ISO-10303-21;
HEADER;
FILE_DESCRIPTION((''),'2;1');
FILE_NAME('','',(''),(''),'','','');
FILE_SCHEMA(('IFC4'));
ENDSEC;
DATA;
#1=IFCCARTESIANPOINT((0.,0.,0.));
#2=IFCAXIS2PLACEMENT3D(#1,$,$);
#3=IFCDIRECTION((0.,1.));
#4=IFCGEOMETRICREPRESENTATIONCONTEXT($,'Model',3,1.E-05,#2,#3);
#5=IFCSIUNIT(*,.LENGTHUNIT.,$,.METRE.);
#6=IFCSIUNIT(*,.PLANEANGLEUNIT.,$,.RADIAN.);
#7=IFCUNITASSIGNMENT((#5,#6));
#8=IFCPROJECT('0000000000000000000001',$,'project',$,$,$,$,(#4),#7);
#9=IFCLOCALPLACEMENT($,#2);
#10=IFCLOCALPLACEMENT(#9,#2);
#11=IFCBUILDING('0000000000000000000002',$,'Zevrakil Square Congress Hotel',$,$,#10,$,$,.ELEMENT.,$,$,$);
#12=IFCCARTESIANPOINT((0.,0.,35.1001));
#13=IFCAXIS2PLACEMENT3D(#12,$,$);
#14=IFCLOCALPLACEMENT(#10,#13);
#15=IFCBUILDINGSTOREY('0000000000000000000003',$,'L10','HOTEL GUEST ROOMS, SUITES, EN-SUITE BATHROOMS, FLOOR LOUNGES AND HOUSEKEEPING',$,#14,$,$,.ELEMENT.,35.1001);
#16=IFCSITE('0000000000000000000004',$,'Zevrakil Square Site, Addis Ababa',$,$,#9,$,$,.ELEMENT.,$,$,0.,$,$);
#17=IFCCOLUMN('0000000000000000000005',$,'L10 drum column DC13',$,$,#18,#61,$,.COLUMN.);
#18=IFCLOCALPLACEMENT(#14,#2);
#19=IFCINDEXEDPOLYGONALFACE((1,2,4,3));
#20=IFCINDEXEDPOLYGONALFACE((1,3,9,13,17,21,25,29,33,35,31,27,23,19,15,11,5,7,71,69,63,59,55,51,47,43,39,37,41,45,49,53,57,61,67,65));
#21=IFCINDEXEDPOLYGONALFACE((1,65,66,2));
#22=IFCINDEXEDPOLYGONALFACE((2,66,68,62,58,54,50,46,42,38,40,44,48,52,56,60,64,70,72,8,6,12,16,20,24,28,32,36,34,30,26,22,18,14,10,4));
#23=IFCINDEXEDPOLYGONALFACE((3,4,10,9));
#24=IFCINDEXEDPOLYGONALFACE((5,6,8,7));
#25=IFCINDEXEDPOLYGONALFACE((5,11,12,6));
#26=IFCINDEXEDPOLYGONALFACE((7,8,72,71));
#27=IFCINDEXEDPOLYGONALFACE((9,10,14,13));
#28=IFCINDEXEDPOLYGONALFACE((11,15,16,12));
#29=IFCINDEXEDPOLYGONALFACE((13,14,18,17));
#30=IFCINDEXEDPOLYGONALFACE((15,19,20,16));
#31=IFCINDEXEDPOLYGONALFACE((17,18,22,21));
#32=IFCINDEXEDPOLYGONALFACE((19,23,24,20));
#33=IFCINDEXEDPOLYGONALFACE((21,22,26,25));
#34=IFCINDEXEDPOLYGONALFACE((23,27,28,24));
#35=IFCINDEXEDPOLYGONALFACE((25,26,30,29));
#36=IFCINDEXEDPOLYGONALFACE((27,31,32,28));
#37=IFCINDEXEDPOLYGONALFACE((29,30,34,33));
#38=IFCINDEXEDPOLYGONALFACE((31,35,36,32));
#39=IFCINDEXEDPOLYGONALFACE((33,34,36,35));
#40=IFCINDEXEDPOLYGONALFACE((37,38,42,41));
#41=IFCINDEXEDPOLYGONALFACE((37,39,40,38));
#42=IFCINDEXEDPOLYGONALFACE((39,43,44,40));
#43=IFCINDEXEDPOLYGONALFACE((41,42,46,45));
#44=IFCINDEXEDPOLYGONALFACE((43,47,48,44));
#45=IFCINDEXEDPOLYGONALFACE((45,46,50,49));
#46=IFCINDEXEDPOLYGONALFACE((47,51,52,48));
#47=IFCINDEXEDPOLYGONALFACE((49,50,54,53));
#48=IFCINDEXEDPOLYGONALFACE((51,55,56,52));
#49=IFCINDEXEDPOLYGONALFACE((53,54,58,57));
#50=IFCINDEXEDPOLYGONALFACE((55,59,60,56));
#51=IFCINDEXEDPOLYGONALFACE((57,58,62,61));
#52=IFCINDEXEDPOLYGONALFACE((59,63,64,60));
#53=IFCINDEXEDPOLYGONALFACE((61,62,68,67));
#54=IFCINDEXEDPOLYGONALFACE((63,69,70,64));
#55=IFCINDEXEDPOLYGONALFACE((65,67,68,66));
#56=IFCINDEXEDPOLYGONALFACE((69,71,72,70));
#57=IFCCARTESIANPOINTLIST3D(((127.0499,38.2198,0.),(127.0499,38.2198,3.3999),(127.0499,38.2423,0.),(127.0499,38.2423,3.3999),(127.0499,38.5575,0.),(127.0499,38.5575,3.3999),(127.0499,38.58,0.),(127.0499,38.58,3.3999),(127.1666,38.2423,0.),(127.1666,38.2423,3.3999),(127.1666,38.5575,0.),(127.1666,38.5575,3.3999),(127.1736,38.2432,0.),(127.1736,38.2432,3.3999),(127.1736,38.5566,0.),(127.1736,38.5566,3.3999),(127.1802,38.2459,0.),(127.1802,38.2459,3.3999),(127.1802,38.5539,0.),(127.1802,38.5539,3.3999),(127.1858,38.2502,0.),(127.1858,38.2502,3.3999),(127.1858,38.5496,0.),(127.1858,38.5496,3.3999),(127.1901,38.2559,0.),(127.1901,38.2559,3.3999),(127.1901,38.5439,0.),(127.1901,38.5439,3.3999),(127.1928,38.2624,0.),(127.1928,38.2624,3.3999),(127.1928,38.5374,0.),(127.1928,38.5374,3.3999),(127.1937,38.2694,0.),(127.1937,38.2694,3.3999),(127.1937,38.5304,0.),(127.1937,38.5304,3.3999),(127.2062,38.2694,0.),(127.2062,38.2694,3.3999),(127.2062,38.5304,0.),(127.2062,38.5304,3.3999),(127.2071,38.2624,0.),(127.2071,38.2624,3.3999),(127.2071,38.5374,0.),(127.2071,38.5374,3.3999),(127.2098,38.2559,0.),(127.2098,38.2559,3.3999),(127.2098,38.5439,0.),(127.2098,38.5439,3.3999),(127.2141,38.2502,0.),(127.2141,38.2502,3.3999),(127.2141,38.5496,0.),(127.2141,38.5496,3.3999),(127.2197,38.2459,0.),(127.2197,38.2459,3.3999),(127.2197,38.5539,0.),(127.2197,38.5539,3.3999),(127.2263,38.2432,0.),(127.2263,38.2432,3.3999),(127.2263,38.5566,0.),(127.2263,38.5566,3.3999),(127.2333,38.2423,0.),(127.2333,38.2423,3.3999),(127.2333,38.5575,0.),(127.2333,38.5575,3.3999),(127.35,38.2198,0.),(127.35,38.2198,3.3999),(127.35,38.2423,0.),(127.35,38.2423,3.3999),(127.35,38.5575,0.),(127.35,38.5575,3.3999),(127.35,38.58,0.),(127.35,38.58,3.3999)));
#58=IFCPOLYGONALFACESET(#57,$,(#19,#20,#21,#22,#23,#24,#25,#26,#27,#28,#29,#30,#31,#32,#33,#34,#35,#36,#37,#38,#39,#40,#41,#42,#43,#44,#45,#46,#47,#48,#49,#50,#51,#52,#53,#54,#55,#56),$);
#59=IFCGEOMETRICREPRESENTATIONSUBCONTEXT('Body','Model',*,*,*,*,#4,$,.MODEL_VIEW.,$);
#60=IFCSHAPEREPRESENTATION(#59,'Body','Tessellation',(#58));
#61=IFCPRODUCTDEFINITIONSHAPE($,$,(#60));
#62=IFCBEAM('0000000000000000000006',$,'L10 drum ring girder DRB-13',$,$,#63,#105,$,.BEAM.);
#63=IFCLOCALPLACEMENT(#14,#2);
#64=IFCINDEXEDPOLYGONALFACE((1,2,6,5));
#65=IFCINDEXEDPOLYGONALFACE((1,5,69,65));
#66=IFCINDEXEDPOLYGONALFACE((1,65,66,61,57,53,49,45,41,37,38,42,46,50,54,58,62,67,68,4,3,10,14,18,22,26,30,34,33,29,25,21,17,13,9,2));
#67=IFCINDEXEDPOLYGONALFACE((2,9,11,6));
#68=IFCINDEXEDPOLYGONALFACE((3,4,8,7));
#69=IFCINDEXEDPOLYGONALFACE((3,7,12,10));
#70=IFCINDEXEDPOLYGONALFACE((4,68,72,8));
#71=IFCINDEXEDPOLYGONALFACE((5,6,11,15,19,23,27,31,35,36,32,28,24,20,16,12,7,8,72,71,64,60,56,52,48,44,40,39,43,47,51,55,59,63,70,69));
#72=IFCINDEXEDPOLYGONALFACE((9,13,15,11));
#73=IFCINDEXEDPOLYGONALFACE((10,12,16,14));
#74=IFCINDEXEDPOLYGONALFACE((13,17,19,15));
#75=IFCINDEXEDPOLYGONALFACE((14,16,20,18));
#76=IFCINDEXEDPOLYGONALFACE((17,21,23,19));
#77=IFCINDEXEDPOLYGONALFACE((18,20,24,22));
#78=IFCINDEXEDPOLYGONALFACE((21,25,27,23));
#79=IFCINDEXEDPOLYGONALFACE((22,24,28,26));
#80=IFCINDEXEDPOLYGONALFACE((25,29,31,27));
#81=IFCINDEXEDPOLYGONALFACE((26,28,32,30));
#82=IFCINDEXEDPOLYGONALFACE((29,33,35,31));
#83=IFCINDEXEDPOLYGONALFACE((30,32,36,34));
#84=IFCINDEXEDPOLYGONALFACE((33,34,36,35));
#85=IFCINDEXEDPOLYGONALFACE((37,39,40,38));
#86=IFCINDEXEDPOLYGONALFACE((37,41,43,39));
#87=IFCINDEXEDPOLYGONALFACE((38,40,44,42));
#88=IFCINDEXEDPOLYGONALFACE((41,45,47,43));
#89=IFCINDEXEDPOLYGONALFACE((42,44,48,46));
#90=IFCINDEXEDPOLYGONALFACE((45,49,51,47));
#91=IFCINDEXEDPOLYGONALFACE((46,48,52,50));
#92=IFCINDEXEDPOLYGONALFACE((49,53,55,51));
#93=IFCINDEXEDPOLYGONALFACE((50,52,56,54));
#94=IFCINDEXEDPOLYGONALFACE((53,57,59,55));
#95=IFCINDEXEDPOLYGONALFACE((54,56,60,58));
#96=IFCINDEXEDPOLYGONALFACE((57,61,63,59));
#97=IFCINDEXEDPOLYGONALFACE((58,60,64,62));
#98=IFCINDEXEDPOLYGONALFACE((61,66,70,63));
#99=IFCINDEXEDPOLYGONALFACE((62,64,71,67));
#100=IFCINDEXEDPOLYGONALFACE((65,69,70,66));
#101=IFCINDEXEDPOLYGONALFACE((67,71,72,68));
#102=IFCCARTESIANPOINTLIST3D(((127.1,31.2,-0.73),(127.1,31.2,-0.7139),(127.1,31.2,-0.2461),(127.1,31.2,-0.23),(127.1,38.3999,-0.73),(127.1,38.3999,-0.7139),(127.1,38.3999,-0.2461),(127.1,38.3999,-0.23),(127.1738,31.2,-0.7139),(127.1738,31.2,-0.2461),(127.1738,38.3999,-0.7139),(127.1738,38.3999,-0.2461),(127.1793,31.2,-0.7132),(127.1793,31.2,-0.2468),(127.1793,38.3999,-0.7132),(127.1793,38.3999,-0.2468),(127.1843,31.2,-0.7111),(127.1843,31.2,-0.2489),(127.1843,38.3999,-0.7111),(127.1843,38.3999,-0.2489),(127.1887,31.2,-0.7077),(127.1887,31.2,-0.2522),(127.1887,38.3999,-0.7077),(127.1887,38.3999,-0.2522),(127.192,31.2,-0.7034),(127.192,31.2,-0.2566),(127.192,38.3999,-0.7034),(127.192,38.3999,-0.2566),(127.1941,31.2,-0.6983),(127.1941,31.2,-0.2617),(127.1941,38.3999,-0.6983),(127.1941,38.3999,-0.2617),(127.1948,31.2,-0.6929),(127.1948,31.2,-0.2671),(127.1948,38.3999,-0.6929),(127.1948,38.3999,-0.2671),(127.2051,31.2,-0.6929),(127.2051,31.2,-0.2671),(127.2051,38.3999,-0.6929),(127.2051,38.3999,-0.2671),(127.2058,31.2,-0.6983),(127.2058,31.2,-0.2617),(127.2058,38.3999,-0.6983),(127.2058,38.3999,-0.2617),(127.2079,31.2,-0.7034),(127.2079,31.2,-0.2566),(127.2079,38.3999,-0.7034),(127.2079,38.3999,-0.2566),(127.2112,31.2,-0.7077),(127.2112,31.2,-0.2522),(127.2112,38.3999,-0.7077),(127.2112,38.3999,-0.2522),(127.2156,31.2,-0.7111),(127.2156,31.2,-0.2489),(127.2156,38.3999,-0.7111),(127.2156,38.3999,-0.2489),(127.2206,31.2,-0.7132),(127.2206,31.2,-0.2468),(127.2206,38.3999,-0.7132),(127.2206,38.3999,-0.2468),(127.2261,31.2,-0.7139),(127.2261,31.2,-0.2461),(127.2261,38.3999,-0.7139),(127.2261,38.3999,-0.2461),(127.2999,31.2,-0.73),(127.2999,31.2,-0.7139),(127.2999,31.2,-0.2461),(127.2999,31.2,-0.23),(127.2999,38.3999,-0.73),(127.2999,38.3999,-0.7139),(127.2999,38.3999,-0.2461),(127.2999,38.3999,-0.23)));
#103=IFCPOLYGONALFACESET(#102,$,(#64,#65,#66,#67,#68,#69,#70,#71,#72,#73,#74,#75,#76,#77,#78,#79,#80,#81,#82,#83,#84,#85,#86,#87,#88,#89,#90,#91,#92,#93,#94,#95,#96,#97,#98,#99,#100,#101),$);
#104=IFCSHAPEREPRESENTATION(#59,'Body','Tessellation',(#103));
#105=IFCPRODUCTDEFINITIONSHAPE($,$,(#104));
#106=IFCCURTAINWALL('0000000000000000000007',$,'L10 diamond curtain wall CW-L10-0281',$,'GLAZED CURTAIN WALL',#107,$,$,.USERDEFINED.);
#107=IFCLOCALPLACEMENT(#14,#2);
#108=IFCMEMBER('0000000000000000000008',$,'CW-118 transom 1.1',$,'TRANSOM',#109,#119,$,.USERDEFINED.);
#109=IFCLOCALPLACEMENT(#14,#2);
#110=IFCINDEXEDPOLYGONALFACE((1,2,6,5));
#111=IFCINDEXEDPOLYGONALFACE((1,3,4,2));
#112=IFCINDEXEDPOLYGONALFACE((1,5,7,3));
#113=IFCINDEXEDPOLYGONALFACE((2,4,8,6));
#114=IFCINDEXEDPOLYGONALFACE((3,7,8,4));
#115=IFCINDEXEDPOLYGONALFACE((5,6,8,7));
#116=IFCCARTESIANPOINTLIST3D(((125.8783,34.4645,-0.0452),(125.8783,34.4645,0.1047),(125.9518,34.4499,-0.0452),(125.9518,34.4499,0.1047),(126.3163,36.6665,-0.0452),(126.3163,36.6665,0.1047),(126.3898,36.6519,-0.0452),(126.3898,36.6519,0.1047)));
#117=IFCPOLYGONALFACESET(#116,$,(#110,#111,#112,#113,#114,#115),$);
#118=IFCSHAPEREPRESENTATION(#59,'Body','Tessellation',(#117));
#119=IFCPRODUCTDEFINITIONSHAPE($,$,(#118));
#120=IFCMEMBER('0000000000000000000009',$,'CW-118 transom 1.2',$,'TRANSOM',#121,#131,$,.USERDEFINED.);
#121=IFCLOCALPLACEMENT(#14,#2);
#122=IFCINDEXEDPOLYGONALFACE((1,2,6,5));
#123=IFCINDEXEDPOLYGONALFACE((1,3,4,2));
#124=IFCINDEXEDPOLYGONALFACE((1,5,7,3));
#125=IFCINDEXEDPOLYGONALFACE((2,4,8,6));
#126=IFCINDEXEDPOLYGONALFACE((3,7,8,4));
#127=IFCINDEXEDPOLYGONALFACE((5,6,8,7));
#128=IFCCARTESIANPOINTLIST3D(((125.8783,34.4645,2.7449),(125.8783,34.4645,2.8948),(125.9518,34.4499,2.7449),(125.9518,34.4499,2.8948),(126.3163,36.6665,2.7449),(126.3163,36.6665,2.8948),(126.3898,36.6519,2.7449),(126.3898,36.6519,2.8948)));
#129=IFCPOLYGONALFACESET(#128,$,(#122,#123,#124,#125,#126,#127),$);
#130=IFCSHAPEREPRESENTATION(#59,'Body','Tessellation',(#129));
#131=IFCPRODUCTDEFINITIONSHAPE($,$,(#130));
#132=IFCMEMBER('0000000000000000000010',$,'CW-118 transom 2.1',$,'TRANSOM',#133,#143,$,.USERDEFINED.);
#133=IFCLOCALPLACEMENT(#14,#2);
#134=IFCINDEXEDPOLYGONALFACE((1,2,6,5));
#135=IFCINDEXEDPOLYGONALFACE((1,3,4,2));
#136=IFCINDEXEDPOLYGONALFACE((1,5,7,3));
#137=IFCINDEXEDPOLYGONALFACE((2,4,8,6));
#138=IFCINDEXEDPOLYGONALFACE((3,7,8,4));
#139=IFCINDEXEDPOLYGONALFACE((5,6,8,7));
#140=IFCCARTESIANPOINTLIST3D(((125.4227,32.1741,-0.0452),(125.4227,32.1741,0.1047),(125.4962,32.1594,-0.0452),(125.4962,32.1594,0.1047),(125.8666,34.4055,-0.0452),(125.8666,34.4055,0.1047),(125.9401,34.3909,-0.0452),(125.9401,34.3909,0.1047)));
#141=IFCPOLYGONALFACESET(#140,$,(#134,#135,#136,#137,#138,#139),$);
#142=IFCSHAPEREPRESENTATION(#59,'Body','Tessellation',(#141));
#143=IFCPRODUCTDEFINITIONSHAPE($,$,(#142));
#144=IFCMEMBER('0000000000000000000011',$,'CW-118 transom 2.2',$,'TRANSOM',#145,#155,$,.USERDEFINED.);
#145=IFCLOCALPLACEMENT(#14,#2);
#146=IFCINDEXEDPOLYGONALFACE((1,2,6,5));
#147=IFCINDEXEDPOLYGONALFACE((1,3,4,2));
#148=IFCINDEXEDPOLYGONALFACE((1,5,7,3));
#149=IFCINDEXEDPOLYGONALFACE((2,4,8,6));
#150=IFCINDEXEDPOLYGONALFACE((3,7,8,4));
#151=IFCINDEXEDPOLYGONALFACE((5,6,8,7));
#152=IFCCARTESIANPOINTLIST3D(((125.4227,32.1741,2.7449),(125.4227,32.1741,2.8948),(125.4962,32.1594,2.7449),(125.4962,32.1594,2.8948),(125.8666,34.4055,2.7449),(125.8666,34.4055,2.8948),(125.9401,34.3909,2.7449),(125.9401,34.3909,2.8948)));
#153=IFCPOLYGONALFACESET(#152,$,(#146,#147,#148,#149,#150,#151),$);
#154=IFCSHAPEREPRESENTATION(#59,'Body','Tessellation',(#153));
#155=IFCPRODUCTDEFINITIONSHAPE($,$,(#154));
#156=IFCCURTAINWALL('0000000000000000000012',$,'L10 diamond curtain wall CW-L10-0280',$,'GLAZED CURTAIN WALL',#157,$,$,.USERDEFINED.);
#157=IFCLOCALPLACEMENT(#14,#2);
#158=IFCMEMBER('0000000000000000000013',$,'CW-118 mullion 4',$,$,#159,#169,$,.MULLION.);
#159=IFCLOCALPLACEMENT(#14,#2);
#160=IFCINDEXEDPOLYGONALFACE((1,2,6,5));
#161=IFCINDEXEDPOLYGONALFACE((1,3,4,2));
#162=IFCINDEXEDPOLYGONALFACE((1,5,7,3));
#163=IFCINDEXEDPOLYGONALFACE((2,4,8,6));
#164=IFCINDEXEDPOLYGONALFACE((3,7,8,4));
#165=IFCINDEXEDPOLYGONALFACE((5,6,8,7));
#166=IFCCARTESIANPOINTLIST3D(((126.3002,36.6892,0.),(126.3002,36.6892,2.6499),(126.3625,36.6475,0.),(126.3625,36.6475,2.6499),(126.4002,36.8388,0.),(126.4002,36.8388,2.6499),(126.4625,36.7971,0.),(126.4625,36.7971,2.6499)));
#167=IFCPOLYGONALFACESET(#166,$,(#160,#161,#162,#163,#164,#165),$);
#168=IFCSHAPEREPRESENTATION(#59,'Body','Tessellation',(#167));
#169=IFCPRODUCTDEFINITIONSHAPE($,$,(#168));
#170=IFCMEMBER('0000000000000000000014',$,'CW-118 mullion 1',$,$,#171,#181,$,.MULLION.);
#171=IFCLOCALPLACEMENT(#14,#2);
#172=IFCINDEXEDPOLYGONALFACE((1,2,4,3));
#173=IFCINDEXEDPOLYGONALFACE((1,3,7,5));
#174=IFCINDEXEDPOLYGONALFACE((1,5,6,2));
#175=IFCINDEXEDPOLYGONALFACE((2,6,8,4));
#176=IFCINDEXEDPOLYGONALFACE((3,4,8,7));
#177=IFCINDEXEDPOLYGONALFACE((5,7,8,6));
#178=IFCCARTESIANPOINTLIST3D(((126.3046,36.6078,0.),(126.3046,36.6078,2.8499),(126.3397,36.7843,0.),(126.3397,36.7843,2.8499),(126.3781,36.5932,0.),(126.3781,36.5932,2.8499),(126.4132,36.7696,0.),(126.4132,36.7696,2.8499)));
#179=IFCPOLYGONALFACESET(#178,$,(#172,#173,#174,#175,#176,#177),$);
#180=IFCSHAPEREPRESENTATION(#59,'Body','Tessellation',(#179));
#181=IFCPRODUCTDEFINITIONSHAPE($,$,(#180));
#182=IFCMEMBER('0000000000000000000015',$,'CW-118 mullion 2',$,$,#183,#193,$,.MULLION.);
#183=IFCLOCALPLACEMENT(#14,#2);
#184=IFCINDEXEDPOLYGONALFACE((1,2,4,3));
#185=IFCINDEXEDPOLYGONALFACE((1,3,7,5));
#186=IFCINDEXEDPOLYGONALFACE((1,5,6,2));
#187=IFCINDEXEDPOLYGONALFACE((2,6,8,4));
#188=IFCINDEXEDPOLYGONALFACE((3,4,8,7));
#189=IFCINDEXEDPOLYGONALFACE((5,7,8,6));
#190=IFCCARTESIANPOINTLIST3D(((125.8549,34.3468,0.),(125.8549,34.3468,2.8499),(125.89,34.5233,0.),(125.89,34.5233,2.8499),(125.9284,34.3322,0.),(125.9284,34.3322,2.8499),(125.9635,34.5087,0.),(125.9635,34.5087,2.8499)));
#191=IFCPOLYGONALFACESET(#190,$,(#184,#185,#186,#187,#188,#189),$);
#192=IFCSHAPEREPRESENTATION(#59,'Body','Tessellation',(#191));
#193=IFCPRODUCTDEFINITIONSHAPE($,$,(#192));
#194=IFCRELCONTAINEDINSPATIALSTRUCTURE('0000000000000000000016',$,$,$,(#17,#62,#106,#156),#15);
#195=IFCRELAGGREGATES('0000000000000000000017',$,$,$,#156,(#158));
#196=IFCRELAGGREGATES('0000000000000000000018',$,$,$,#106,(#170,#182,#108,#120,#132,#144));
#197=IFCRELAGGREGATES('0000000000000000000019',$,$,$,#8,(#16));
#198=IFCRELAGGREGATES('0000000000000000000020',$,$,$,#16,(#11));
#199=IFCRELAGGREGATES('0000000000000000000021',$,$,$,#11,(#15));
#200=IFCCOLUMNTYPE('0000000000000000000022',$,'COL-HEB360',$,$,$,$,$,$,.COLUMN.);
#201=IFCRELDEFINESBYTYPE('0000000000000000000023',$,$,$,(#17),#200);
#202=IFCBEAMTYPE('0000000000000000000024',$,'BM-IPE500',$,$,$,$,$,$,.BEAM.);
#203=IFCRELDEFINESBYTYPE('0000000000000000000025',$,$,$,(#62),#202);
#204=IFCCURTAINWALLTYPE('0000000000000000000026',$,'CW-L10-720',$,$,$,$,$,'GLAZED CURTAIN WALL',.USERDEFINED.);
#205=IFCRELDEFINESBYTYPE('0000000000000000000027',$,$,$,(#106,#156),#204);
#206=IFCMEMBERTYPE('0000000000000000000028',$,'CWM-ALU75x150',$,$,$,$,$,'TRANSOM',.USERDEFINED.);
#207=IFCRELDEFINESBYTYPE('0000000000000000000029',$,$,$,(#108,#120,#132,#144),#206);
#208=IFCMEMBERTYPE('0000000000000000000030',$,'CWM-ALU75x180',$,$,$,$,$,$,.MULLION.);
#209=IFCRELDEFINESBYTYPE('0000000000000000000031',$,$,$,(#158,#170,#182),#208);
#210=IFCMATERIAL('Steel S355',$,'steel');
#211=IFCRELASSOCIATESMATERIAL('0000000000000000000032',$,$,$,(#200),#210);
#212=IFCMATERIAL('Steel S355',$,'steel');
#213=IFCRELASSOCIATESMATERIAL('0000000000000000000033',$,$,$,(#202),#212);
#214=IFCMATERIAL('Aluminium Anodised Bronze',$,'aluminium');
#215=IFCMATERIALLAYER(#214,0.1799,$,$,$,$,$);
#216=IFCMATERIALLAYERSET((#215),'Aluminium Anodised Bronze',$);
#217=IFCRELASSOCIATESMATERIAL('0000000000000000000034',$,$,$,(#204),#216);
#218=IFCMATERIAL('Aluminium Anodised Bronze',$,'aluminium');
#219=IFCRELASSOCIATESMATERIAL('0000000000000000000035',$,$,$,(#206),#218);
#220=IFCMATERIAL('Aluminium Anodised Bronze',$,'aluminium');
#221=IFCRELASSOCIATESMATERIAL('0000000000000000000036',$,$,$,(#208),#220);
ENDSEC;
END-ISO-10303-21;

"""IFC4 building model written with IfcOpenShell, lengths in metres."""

from ifc_helpers import new_model, si_unit, direction, frame, origin, origin_2d, place, context, subcontext, project, spatial, rectangle, i_section, extrude, material, layer, layer_set, material_profile, profile_set, type_object, element, aggregate, save


model = new_model("IFC4")

# Units and contexts
model_context = context("Model", 3, precision=1e-05, world=origin(), true_north=direction((0.0, 1.0)))
body_context = subcontext(model_context, "Body", "Model", "MODEL_VIEW")
ifc_project = project(units=[si_unit("LENGTHUNIT", "METRE"), si_unit("PLANEANGLEUNIT", "RADIAN")], contexts=[model_context])

# Site, building, storey
site_placement = place(None, origin())
site = spatial("IfcSite", under=ifc_project, at=site_placement, Name="Zevrakil Square Site, Addis Ababa", CompositionType="ELEMENT", RefElevation=0.0)
building_placement = place(site_placement, origin())
building = spatial("IfcBuilding", under=site, at=building_placement, Name="Zevrakil Square Congress Hotel", CompositionType="ELEMENT")
storey_placement = place(building_placement, frame((0.0, 0.0, 35.1001)))
storey = spatial("IfcBuildingStorey", under=building, at=storey_placement, Name="L10", Description="HOTEL GUEST ROOMS, SUITES, EN-SUITE BATHROOMS, FLOOR LOUNGES AND HOUSEKEEPING", CompositionType="ELEMENT", Elevation=35.1001)

# Column
ifc_material_1 = material(Name="Steel S355", Category="steel")
ifc_material_profile_1 = material_profile(ifc_material_1, i_section(OverallWidth=0.3, OverallDepth=0.3601, WebThickness=0.0125, FlangeThickness=0.0225, FilletRadius=0.0271, at=origin_2d()), Name="HEB 360")
ifc_profile_set_1 = profile_set([ifc_material_profile_1], Name="Steel S355")
column_type = type_object("IfcColumnType", Name="COL-HEB360", PredefinedType="COLUMN", material=ifc_profile_set_1)
column_placement = place(storey_placement, frame((127.2, 38.3999, 0.0), z_axis=(0.0, 0.0, 1.0), x_axis=(1.0, 0.0, 0.0)))
element("IfcColumn", 1, at=column_placement, inside=storey, type_object=column_type, Name="L10 drum column DC13", PredefinedType="COLUMN", context=body_context, shape_type="SweptSolid", body=[
    extrude(i_section(OverallWidth=0.3, OverallDepth=0.3601, WebThickness=0.0125, FlangeThickness=0.0225, FilletRadius=0.0271, at=origin_2d()), origin(), (0.0, 0.0, 1.0), 3.3999),
])

# Beam
ifc_material_2 = material(Name="Steel S355", Category="steel")
ifc_material_profile_2 = material_profile(ifc_material_2, i_section(OverallWidth=0.2, OverallDepth=0.5, WebThickness=0.0103, FlangeThickness=0.0161, FilletRadius=0.021, at=origin_2d()), Name="IPE 500")
ifc_profile_set_2 = profile_set([ifc_material_profile_2], Name="Steel S355")
beam_type_1 = type_object("IfcBeamType", Name="BM-IPE500", PredefinedType="BEAM", material=ifc_profile_set_2)
beam_1_placement = place(storey_placement, frame((127.2, 38.3999, -0.48), z_axis=(0.0, -1.0, 0.0), x_axis=(1.0, 0.0, 0.0)))
element("IfcBeam", 2, at=beam_1_placement, inside=storey, type_object=beam_type_1, Name="L10 drum ring girder DRB-13", PredefinedType="BEAM", context=body_context, shape_type="SweptSolid", body=[
    extrude(i_section(OverallWidth=0.2, OverallDepth=0.5, WebThickness=0.0103, FlangeThickness=0.0161, FilletRadius=0.021, at=origin_2d()), origin(), (0.0, 0.0, 1.0), 7.2),
])

# Curtain wall, members
ifc_material_3 = material(Name="Aluminium Anodised Bronze", Category="aluminium")
ifc_layer_1 = layer(ifc_material_3, 0.1799)
ifc_layer_set_1 = layer_set([ifc_layer_1], Name="Aluminium Anodised Bronze")
curtain_wall_type = type_object("IfcCurtainWallType", Name="CW-L10-720", ElementType="GLAZED CURTAIN WALL", PredefinedType="USERDEFINED", material=ifc_layer_set_1)
curtain_wall_1_placement = place(storey_placement, origin())
curtain_wall_1 = element("IfcCurtainWall", 3, at=curtain_wall_1_placement, inside=storey, type_object=curtain_wall_type, Name="L10 diamond curtain wall CW-L10-0281", ObjectType="GLAZED CURTAIN WALL", PredefinedType="USERDEFINED")
ifc_material_4 = material(Name="Aluminium Anodised Bronze", Category="aluminium")
ifc_material_profile_3 = material_profile(ifc_material_4, rectangle(XDim=0.075, YDim=0.1499, at=origin_2d()), Name="ALU 75x150")
ifc_profile_set_3 = profile_set([ifc_material_profile_3], Name="Aluminium Anodised Bronze")
member_type_1 = type_object("IfcMemberType", Name="CWM-ALU75x150", ElementType="TRANSOM", PredefinedType="USERDEFINED", material=ifc_profile_set_3)
member_1_placement = place(storey_placement, frame((126.353, 36.6592, 0.0298), z_axis=(-0.195091, -0.980785, 0.0), x_axis=(0.980785, -0.195091, 0.0)))
member_1 = element("IfcMember", 4, at=member_1_placement, type_object=member_type_1, Name="CW-118 transom 1.1", ObjectType="TRANSOM", PredefinedType="USERDEFINED", context=body_context, shape_type="SweptSolid", body=[
    extrude(rectangle(XDim=0.075, YDim=0.1499, at=origin_2d()), origin(), (0.0, 0.0, 1.0), 2.2451),
])
member_2_placement = place(storey_placement, frame((126.353, 36.6592, 2.8198), z_axis=(-0.195091, -0.980785, 0.0), x_axis=(0.980785, -0.195091, 0.0)))
member_2 = element("IfcMember", 5, at=member_2_placement, type_object=member_type_1, Name="CW-118 transom 1.2", ObjectType="TRANSOM", PredefinedType="USERDEFINED", context=body_context, shape_type="SweptSolid", body=[
    extrude(rectangle(XDim=0.075, YDim=0.1499, at=origin_2d()), origin(), (0.0, 0.0, 1.0), 2.2451),
])
member_3_placement = place(storey_placement, frame((125.9033, 34.3982, 0.0298), z_axis=(-0.195084, -0.980786, 0.0), x_axis=(0.980786, -0.195084, 0.0)))
member_3 = element("IfcMember", 6, at=member_3_placement, type_object=member_type_1, Name="CW-118 transom 2.1", ObjectType="TRANSOM", PredefinedType="USERDEFINED", context=body_context, shape_type="SweptSolid", body=[
    extrude(rectangle(XDim=0.075, YDim=0.1499, at=origin_2d()), origin(), (0.0, 0.0, 1.0), 2.2751),
])
member_4_placement = place(storey_placement, frame((125.9033, 34.3982, 2.8198), z_axis=(-0.195084, -0.980786, 0.0), x_axis=(0.980786, -0.195084, 0.0)))
member_4 = element("IfcMember", 7, at=member_4_placement, type_object=member_type_1, Name="CW-118 transom 2.2", ObjectType="TRANSOM", PredefinedType="USERDEFINED", context=body_context, shape_type="SweptSolid", body=[
    extrude(rectangle(XDim=0.075, YDim=0.1499, at=origin_2d()), origin(), (0.0, 0.0, 1.0), 2.2751),
])

# Curtain wall, member
curtain_wall_2_placement = place(storey_placement, origin())
curtain_wall_2 = element("IfcCurtainWall", 8, at=curtain_wall_2_placement, inside=storey, type_object=curtain_wall_type, Name="L10 diamond curtain wall CW-L10-0280", ObjectType="GLAZED CURTAIN WALL", PredefinedType="USERDEFINED")
ifc_material_5 = material(Name="Aluminium Anodised Bronze", Category="aluminium")
ifc_material_profile_4 = material_profile(ifc_material_5, rectangle(XDim=0.075, YDim=0.1799, at=origin_2d()), Name="ALU 75x180")
ifc_profile_set_4 = profile_set([ifc_material_profile_4], Name="Aluminium Anodised Bronze")
member_type_2 = type_object("IfcMemberType", Name="CWM-ALU75x180", PredefinedType="MULLION", material=ifc_profile_set_4)
member_5_placement = place(storey_placement, frame((126.3813, 36.7432, 0.0), z_axis=(0.0, 0.0, 1.0), x_axis=(0.831466, -0.555576, 0.0)))
member_5 = element("IfcMember", 9, at=member_5_placement, type_object=member_type_2, Name="CW-118 mullion 4", PredefinedType="MULLION", context=body_context, shape_type="SweptSolid", body=[
    extrude(rectangle(XDim=0.075, YDim=0.1799, at=origin_2d()), origin(), (0.0, 0.0, 1.0), 2.6499),
])

# Members
member_6_placement = place(storey_placement, frame((126.3589, 36.6887, 0.0), z_axis=(0.0, 0.0, 1.0), x_axis=(0.980787, -0.195084, 0.0)))
member_6 = element("IfcMember", 10, at=member_6_placement, type_object=member_type_2, Name="CW-118 mullion 1", PredefinedType="MULLION", context=body_context, shape_type="SweptSolid", body=[
    extrude(rectangle(XDim=0.075, YDim=0.1799, at=origin_2d()), origin(), (0.0, 0.0, 1.0), 2.8499),
])
member_7_placement = place(storey_placement, frame((125.9092, 34.4277, 0.0), z_axis=(0.0, 0.0, 1.0), x_axis=(0.980787, -0.195084, 0.0)))
member_7 = element("IfcMember", 11, at=member_7_placement, type_object=member_type_2, Name="CW-118 mullion 2", PredefinedType="MULLION", context=body_context, shape_type="SweptSolid", body=[
    extrude(rectangle(XDim=0.075, YDim=0.1799, at=origin_2d()), origin(), (0.0, 0.0, 1.0), 2.8499),
])

aggregate(curtain_wall_2, [member_5])
aggregate(curtain_wall_1, [member_6, member_7, member_1, member_2, member_3, member_4])

save(model, "model.ifc")
